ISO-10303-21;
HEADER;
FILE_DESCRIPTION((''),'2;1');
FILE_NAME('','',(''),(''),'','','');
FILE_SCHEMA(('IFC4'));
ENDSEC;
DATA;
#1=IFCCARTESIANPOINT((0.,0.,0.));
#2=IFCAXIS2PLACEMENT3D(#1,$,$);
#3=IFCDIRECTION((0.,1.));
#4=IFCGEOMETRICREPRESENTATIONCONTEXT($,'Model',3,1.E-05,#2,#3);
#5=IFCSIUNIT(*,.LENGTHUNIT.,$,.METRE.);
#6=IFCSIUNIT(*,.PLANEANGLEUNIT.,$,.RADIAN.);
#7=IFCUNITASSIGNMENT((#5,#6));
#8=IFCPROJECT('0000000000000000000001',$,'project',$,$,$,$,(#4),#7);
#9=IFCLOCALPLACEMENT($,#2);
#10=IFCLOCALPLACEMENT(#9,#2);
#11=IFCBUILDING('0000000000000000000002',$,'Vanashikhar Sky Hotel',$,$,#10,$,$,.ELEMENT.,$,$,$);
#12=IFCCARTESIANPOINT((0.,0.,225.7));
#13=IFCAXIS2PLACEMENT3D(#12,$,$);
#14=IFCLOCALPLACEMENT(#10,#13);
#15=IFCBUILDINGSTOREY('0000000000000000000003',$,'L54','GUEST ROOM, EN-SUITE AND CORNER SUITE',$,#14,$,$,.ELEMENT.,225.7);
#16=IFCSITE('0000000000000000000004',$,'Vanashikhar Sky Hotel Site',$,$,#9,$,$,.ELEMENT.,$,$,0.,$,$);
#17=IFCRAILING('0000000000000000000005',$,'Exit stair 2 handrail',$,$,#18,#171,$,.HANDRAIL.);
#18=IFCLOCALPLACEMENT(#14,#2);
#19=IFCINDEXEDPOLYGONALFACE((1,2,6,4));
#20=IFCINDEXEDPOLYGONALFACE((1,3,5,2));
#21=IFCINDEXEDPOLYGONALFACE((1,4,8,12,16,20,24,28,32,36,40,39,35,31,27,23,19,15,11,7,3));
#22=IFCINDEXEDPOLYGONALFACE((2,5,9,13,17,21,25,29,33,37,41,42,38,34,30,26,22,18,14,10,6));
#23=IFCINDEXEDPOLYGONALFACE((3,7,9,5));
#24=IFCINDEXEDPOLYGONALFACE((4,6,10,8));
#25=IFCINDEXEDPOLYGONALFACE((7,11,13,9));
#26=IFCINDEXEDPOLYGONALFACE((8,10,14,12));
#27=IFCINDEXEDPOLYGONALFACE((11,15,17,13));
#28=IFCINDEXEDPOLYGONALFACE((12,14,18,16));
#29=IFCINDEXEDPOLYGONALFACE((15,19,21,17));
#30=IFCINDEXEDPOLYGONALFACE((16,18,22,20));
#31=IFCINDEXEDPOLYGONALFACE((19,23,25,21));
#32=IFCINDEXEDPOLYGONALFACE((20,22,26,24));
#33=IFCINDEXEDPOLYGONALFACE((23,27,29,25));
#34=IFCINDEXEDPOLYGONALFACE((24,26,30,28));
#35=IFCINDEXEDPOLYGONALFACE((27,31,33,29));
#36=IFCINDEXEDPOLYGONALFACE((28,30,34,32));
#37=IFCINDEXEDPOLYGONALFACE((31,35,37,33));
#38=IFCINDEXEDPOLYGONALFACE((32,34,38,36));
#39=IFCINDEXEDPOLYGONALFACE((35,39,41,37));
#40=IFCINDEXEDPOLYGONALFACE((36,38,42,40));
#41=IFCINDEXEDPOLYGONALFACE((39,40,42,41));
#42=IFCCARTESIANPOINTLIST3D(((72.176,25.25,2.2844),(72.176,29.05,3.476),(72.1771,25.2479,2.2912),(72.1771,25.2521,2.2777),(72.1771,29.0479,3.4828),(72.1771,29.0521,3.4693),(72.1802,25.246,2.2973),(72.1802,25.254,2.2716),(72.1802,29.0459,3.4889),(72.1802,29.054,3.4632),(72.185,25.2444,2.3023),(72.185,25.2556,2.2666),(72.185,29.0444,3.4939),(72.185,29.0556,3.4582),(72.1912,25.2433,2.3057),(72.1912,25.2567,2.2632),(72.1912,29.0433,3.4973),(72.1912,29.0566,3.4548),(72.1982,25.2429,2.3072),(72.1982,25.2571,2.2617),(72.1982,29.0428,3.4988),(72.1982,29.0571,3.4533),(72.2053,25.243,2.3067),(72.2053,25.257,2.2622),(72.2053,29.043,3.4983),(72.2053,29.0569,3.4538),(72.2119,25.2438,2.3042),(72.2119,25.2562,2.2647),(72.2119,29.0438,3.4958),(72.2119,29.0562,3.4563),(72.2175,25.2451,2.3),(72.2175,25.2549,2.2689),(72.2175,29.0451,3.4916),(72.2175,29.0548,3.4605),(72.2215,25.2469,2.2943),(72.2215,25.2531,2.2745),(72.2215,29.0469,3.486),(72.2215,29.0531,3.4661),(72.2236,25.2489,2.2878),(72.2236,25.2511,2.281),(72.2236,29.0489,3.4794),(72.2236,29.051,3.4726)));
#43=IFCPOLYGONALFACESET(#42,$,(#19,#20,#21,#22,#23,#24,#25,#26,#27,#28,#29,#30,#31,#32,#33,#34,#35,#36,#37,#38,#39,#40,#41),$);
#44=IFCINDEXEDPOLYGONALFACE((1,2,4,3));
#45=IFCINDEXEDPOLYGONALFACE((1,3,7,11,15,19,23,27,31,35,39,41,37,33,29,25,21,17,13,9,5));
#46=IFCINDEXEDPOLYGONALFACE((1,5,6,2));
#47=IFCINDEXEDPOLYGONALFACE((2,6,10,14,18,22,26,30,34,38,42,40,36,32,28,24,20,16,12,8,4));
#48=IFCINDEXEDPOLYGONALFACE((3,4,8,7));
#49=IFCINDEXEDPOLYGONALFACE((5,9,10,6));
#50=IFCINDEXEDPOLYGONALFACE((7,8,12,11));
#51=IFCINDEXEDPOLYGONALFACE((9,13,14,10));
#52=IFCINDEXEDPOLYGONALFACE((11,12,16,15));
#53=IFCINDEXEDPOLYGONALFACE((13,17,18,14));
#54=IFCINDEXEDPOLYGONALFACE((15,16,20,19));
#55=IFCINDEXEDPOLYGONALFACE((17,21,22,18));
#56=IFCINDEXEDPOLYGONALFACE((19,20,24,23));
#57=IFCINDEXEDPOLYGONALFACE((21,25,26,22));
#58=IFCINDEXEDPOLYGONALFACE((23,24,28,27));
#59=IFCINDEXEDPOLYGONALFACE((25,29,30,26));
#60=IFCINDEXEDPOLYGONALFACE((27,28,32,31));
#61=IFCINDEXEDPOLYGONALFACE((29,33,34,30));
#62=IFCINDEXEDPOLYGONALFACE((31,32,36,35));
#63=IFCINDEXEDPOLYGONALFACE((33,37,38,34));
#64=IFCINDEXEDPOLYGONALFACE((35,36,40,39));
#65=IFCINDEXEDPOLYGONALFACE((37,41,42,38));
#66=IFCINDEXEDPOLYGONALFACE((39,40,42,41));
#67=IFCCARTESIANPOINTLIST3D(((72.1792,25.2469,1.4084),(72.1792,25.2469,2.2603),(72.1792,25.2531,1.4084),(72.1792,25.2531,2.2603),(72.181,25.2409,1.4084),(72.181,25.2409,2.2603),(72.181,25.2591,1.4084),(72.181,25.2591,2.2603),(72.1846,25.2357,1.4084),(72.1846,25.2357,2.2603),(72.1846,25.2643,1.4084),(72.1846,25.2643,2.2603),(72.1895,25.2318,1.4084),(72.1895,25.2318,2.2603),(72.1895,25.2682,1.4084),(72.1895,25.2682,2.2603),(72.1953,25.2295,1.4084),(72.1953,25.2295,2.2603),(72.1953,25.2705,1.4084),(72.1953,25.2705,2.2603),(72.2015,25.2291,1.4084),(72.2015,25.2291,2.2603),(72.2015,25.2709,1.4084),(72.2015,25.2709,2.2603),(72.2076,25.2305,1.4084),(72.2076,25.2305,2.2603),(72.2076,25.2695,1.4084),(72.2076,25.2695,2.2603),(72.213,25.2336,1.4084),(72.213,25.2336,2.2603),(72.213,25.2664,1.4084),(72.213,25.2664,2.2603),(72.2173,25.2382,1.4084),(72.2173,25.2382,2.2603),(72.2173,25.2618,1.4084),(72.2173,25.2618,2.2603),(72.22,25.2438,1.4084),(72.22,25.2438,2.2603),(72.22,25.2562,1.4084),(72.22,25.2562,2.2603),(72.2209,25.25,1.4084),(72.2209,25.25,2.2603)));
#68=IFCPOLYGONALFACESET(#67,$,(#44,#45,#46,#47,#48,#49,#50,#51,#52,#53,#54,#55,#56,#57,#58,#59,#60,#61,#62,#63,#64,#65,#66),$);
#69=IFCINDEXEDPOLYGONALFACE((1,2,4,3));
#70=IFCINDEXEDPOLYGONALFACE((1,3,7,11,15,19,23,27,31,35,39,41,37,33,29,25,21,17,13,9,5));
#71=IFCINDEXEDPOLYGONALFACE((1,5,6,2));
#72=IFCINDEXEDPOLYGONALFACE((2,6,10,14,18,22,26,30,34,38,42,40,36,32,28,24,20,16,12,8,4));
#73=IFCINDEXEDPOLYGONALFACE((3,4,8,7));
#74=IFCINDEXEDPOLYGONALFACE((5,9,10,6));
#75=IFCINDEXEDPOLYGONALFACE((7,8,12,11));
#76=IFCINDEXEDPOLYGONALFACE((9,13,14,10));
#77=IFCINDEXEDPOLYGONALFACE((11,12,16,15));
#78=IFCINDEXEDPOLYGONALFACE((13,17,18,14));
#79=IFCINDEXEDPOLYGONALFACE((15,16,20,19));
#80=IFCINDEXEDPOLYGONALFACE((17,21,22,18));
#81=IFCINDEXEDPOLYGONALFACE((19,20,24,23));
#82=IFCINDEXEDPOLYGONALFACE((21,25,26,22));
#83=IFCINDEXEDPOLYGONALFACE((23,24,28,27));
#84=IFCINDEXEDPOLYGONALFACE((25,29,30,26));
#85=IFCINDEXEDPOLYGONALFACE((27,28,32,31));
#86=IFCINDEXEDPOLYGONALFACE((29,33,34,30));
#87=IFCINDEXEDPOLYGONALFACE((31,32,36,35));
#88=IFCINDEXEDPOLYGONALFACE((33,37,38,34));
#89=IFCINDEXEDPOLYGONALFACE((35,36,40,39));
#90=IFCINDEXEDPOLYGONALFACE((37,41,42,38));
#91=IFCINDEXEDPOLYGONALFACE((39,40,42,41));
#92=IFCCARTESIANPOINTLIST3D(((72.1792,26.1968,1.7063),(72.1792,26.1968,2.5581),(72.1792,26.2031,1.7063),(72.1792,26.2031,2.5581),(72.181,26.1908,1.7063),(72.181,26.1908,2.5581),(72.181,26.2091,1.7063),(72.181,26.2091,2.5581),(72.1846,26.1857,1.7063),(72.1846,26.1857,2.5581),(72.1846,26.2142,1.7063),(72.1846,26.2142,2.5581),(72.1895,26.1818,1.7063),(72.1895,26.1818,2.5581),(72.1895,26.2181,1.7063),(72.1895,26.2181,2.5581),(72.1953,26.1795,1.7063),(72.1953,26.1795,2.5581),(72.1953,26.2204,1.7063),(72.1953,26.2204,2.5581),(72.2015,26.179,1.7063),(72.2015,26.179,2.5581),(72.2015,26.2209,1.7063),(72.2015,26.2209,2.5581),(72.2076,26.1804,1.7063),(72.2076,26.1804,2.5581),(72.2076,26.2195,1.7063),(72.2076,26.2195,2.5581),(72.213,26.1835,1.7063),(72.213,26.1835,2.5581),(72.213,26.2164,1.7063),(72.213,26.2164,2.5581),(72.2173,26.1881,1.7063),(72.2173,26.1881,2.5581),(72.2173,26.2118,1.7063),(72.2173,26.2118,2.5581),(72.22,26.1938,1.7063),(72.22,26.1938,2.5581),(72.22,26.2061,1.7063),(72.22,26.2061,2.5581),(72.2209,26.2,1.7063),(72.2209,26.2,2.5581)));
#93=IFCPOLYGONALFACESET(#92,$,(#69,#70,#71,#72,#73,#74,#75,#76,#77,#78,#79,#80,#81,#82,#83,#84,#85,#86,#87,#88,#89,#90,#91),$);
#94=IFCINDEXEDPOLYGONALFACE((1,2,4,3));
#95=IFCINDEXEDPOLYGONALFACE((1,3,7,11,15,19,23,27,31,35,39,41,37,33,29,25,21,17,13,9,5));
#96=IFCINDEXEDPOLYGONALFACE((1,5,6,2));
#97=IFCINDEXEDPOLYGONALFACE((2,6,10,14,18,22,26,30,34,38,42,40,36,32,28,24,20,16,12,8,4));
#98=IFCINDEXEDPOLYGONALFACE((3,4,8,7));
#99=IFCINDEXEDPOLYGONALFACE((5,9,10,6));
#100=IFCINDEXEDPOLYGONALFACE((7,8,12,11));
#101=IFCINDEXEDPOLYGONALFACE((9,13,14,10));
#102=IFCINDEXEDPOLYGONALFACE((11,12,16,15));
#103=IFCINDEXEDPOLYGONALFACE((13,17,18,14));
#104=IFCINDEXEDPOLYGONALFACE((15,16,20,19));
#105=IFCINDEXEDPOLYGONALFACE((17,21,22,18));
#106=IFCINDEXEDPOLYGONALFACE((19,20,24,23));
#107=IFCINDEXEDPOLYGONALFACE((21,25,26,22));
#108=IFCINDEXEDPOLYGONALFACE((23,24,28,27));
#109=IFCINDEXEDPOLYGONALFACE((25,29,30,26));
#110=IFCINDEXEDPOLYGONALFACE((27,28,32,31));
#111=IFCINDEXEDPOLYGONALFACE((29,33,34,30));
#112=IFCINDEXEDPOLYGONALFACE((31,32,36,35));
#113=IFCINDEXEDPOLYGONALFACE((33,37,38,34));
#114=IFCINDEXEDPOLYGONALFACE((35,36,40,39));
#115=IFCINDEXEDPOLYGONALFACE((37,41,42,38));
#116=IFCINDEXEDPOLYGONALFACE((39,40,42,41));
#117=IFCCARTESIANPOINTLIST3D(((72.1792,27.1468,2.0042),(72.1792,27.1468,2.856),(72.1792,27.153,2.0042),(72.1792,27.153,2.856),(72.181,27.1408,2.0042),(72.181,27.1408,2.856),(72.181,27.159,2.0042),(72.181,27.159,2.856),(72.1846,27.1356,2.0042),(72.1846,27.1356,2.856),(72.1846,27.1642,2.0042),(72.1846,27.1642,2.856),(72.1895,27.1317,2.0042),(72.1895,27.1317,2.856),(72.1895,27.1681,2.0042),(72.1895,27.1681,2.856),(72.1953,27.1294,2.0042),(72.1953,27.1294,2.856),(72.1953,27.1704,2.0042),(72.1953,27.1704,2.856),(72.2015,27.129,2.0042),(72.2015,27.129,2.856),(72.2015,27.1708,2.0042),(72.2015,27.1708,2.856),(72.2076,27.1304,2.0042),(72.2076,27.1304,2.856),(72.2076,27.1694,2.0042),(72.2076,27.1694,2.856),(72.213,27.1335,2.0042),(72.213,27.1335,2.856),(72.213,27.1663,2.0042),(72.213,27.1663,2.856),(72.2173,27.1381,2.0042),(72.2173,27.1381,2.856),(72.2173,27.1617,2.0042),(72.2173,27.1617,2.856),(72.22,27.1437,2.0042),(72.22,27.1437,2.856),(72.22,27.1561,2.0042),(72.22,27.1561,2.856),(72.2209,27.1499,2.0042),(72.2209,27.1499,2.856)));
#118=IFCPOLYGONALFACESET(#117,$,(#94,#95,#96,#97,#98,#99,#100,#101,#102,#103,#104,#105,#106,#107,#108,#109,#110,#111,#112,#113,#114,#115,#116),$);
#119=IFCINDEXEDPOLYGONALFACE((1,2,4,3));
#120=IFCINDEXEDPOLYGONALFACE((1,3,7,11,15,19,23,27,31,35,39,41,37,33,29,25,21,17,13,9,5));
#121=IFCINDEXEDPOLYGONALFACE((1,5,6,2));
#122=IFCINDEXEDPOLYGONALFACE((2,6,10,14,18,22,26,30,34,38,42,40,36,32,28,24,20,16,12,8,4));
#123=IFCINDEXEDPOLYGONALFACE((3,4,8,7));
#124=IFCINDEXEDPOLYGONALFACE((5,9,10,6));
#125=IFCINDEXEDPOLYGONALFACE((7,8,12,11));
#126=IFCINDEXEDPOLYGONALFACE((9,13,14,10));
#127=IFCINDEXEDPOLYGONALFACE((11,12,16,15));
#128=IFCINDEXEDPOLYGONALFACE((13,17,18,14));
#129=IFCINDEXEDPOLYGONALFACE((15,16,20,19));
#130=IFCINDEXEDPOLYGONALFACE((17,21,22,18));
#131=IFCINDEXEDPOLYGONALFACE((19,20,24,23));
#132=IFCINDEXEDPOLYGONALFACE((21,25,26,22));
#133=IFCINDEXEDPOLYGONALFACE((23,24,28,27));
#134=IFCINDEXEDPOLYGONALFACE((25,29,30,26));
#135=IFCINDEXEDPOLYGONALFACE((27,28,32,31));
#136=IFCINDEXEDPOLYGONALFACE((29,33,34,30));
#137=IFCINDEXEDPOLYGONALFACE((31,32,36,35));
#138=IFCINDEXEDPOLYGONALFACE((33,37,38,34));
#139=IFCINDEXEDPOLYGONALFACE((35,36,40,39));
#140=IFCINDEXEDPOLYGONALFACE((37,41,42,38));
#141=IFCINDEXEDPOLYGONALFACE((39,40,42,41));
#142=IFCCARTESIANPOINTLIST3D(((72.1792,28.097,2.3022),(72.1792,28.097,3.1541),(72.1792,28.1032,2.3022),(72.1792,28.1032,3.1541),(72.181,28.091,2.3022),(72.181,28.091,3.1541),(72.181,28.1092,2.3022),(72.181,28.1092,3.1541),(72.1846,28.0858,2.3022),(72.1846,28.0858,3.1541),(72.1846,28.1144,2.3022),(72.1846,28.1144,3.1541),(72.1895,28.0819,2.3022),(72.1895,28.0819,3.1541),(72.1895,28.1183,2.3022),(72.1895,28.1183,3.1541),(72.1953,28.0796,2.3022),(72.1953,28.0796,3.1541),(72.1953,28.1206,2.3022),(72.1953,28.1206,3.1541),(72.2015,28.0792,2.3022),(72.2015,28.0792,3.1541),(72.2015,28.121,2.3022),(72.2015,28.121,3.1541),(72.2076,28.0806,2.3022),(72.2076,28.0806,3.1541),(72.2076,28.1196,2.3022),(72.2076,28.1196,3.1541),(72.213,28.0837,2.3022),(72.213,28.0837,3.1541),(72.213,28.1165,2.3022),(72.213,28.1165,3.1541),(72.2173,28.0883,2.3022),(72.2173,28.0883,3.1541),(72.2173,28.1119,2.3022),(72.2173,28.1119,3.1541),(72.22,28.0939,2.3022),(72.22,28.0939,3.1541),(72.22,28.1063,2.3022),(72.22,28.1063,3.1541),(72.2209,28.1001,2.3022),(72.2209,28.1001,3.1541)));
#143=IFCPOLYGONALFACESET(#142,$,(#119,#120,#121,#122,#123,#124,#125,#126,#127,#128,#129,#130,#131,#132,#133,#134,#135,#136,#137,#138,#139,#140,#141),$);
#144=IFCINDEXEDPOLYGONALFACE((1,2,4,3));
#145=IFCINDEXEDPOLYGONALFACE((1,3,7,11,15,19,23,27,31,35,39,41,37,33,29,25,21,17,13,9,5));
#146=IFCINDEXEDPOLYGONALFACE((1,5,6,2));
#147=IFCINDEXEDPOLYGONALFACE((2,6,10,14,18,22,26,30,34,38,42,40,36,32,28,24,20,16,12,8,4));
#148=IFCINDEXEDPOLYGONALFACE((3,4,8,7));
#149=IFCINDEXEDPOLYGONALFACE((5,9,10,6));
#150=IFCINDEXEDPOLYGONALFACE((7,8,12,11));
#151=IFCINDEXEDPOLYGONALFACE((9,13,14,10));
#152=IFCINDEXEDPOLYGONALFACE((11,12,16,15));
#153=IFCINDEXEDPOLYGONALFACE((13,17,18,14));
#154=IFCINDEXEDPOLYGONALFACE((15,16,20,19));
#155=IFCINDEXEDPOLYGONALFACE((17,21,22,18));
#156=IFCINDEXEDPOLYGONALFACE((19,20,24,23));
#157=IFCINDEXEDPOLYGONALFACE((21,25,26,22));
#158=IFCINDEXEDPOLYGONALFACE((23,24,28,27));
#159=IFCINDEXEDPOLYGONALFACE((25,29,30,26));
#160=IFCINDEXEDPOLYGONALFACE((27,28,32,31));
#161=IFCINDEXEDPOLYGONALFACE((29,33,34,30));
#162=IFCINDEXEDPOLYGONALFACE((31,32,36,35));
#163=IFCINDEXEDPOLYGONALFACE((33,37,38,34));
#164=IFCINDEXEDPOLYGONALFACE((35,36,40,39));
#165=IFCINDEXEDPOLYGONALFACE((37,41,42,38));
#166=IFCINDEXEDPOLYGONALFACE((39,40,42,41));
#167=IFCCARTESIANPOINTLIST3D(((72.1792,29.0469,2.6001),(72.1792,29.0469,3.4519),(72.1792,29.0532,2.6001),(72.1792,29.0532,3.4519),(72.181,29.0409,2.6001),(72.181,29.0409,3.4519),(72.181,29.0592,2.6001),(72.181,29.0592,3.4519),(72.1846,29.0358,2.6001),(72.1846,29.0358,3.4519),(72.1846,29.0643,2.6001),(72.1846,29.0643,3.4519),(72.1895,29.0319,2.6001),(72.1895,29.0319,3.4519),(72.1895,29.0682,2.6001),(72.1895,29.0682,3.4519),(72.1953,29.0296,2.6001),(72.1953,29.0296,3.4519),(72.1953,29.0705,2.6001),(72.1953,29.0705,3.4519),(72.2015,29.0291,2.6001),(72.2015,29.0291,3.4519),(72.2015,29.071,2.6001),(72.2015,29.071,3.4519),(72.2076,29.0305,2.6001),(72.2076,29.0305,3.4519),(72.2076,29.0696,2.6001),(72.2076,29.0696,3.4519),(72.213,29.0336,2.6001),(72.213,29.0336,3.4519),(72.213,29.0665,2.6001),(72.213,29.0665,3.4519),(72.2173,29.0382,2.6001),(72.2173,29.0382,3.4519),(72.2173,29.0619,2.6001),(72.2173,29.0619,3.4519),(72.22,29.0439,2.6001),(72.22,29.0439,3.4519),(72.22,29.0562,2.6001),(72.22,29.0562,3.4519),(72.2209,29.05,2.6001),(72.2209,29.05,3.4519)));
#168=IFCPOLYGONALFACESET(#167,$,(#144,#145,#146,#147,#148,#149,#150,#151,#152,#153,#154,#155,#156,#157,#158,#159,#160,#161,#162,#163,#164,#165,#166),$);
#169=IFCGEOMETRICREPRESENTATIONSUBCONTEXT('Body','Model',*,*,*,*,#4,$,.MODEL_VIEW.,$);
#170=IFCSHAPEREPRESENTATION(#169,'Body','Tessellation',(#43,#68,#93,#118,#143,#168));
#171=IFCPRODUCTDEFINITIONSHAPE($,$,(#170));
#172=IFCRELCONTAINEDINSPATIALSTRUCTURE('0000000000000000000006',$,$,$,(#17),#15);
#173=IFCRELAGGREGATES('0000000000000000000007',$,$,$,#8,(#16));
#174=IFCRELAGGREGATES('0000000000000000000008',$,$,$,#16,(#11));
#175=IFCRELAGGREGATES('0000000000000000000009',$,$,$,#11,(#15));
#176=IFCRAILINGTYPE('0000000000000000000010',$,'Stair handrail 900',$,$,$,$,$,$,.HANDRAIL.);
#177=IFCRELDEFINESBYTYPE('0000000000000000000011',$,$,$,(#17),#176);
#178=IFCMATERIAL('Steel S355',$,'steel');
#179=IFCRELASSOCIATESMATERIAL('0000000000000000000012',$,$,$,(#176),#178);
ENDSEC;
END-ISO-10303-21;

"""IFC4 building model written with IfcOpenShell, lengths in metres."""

from ifc_helpers import new_model, si_unit, direction, frame, origin, origin_2d, place, context, subcontext, project, spatial, circle, extrude, source, transform, mapped, material, type_object, element, save


model = new_model("IFC4")

# Units and contexts
model_context = context("Model", 3, precision=1e-05, world=origin(), true_north=direction((0.0, 1.0)))
body_context = subcontext(model_context, "Body", "Model", "MODEL_VIEW")
ifc_project = project(units=[si_unit("LENGTHUNIT", "METRE"), si_unit("PLANEANGLEUNIT", "RADIAN")], contexts=[model_context])

# Site, building, storey
site_placement = place(None, origin())
site = spatial("IfcSite", under=ifc_project, at=site_placement, Name="Vanashikhar Sky Hotel Site", CompositionType="ELEMENT", RefElevation=0.0)
building_placement = place(site_placement, origin())
building = spatial("IfcBuilding", under=site, at=building_placement, Name="Vanashikhar Sky Hotel", CompositionType="ELEMENT")
storey_placement = place(building_placement, frame((0.0, 0.0, 225.7)))
storey = spatial("IfcBuildingStorey", under=building, at=storey_placement, Name="L54", Description="GUEST ROOM, EN-SUITE AND CORNER SUITE", CompositionType="ELEMENT", Elevation=225.7)

# Railing
ifc_material_1 = material(Name="Steel S355", Category="steel")
railing_type = type_object("IfcRailingType", Name="Stair handrail 900", PredefinedType="HANDRAIL", material=ifc_material_1)
shared_shape_1 = source(origin(), body_context, "Body", "SweptSolid", [
    extrude(circle(Radius=0.0239, at=origin_2d()), frame((0.0, 0.0, 0.876), z_axis=(0.0, 0.954184, 0.299221), x_axis=(-1.0, 0.0, 0.0)), (0.0, 0.0, 1.0), 3.9824),
    extrude(circle(Radius=0.021, at=origin_2d()), origin(), (0.0, 0.0, 1.0), 0.8518),
    extrude(circle(Radius=0.021, at=origin_2d()), frame((0.0, 0.95, 0.2979)), (0.0, 0.0, 1.0), 0.8518),
    extrude(circle(Radius=0.021, at=origin_2d()), frame((0.0, 1.8999, 0.5957)), (0.0, 0.0, 1.0), 0.8518),
    extrude(circle(Radius=0.021, at=origin_2d()), frame((0.0, 2.8501, 0.8938)), (0.0, 0.0, 1.0), 0.8518),
    extrude(circle(Radius=0.021, at=origin_2d()), frame((0.0, 3.8, 1.1917)), (0.0, 0.0, 1.0), 0.8518),
])
railing_1_placement = place(storey_placement, frame((72.2, 25.25, 1.4084)))
element("IfcRailing", 1, at=railing_1_placement, inside=storey, type_object=railing_type, Name="Exit stair 2 handrail", PredefinedType="HANDRAIL", context=body_context, shape_type="MappedRepresentation", body=[
    mapped(shared_shape_1, transform((0.0, 0.0, 0.0), scale=1.0)),
])

save(model, "model.ifc")
